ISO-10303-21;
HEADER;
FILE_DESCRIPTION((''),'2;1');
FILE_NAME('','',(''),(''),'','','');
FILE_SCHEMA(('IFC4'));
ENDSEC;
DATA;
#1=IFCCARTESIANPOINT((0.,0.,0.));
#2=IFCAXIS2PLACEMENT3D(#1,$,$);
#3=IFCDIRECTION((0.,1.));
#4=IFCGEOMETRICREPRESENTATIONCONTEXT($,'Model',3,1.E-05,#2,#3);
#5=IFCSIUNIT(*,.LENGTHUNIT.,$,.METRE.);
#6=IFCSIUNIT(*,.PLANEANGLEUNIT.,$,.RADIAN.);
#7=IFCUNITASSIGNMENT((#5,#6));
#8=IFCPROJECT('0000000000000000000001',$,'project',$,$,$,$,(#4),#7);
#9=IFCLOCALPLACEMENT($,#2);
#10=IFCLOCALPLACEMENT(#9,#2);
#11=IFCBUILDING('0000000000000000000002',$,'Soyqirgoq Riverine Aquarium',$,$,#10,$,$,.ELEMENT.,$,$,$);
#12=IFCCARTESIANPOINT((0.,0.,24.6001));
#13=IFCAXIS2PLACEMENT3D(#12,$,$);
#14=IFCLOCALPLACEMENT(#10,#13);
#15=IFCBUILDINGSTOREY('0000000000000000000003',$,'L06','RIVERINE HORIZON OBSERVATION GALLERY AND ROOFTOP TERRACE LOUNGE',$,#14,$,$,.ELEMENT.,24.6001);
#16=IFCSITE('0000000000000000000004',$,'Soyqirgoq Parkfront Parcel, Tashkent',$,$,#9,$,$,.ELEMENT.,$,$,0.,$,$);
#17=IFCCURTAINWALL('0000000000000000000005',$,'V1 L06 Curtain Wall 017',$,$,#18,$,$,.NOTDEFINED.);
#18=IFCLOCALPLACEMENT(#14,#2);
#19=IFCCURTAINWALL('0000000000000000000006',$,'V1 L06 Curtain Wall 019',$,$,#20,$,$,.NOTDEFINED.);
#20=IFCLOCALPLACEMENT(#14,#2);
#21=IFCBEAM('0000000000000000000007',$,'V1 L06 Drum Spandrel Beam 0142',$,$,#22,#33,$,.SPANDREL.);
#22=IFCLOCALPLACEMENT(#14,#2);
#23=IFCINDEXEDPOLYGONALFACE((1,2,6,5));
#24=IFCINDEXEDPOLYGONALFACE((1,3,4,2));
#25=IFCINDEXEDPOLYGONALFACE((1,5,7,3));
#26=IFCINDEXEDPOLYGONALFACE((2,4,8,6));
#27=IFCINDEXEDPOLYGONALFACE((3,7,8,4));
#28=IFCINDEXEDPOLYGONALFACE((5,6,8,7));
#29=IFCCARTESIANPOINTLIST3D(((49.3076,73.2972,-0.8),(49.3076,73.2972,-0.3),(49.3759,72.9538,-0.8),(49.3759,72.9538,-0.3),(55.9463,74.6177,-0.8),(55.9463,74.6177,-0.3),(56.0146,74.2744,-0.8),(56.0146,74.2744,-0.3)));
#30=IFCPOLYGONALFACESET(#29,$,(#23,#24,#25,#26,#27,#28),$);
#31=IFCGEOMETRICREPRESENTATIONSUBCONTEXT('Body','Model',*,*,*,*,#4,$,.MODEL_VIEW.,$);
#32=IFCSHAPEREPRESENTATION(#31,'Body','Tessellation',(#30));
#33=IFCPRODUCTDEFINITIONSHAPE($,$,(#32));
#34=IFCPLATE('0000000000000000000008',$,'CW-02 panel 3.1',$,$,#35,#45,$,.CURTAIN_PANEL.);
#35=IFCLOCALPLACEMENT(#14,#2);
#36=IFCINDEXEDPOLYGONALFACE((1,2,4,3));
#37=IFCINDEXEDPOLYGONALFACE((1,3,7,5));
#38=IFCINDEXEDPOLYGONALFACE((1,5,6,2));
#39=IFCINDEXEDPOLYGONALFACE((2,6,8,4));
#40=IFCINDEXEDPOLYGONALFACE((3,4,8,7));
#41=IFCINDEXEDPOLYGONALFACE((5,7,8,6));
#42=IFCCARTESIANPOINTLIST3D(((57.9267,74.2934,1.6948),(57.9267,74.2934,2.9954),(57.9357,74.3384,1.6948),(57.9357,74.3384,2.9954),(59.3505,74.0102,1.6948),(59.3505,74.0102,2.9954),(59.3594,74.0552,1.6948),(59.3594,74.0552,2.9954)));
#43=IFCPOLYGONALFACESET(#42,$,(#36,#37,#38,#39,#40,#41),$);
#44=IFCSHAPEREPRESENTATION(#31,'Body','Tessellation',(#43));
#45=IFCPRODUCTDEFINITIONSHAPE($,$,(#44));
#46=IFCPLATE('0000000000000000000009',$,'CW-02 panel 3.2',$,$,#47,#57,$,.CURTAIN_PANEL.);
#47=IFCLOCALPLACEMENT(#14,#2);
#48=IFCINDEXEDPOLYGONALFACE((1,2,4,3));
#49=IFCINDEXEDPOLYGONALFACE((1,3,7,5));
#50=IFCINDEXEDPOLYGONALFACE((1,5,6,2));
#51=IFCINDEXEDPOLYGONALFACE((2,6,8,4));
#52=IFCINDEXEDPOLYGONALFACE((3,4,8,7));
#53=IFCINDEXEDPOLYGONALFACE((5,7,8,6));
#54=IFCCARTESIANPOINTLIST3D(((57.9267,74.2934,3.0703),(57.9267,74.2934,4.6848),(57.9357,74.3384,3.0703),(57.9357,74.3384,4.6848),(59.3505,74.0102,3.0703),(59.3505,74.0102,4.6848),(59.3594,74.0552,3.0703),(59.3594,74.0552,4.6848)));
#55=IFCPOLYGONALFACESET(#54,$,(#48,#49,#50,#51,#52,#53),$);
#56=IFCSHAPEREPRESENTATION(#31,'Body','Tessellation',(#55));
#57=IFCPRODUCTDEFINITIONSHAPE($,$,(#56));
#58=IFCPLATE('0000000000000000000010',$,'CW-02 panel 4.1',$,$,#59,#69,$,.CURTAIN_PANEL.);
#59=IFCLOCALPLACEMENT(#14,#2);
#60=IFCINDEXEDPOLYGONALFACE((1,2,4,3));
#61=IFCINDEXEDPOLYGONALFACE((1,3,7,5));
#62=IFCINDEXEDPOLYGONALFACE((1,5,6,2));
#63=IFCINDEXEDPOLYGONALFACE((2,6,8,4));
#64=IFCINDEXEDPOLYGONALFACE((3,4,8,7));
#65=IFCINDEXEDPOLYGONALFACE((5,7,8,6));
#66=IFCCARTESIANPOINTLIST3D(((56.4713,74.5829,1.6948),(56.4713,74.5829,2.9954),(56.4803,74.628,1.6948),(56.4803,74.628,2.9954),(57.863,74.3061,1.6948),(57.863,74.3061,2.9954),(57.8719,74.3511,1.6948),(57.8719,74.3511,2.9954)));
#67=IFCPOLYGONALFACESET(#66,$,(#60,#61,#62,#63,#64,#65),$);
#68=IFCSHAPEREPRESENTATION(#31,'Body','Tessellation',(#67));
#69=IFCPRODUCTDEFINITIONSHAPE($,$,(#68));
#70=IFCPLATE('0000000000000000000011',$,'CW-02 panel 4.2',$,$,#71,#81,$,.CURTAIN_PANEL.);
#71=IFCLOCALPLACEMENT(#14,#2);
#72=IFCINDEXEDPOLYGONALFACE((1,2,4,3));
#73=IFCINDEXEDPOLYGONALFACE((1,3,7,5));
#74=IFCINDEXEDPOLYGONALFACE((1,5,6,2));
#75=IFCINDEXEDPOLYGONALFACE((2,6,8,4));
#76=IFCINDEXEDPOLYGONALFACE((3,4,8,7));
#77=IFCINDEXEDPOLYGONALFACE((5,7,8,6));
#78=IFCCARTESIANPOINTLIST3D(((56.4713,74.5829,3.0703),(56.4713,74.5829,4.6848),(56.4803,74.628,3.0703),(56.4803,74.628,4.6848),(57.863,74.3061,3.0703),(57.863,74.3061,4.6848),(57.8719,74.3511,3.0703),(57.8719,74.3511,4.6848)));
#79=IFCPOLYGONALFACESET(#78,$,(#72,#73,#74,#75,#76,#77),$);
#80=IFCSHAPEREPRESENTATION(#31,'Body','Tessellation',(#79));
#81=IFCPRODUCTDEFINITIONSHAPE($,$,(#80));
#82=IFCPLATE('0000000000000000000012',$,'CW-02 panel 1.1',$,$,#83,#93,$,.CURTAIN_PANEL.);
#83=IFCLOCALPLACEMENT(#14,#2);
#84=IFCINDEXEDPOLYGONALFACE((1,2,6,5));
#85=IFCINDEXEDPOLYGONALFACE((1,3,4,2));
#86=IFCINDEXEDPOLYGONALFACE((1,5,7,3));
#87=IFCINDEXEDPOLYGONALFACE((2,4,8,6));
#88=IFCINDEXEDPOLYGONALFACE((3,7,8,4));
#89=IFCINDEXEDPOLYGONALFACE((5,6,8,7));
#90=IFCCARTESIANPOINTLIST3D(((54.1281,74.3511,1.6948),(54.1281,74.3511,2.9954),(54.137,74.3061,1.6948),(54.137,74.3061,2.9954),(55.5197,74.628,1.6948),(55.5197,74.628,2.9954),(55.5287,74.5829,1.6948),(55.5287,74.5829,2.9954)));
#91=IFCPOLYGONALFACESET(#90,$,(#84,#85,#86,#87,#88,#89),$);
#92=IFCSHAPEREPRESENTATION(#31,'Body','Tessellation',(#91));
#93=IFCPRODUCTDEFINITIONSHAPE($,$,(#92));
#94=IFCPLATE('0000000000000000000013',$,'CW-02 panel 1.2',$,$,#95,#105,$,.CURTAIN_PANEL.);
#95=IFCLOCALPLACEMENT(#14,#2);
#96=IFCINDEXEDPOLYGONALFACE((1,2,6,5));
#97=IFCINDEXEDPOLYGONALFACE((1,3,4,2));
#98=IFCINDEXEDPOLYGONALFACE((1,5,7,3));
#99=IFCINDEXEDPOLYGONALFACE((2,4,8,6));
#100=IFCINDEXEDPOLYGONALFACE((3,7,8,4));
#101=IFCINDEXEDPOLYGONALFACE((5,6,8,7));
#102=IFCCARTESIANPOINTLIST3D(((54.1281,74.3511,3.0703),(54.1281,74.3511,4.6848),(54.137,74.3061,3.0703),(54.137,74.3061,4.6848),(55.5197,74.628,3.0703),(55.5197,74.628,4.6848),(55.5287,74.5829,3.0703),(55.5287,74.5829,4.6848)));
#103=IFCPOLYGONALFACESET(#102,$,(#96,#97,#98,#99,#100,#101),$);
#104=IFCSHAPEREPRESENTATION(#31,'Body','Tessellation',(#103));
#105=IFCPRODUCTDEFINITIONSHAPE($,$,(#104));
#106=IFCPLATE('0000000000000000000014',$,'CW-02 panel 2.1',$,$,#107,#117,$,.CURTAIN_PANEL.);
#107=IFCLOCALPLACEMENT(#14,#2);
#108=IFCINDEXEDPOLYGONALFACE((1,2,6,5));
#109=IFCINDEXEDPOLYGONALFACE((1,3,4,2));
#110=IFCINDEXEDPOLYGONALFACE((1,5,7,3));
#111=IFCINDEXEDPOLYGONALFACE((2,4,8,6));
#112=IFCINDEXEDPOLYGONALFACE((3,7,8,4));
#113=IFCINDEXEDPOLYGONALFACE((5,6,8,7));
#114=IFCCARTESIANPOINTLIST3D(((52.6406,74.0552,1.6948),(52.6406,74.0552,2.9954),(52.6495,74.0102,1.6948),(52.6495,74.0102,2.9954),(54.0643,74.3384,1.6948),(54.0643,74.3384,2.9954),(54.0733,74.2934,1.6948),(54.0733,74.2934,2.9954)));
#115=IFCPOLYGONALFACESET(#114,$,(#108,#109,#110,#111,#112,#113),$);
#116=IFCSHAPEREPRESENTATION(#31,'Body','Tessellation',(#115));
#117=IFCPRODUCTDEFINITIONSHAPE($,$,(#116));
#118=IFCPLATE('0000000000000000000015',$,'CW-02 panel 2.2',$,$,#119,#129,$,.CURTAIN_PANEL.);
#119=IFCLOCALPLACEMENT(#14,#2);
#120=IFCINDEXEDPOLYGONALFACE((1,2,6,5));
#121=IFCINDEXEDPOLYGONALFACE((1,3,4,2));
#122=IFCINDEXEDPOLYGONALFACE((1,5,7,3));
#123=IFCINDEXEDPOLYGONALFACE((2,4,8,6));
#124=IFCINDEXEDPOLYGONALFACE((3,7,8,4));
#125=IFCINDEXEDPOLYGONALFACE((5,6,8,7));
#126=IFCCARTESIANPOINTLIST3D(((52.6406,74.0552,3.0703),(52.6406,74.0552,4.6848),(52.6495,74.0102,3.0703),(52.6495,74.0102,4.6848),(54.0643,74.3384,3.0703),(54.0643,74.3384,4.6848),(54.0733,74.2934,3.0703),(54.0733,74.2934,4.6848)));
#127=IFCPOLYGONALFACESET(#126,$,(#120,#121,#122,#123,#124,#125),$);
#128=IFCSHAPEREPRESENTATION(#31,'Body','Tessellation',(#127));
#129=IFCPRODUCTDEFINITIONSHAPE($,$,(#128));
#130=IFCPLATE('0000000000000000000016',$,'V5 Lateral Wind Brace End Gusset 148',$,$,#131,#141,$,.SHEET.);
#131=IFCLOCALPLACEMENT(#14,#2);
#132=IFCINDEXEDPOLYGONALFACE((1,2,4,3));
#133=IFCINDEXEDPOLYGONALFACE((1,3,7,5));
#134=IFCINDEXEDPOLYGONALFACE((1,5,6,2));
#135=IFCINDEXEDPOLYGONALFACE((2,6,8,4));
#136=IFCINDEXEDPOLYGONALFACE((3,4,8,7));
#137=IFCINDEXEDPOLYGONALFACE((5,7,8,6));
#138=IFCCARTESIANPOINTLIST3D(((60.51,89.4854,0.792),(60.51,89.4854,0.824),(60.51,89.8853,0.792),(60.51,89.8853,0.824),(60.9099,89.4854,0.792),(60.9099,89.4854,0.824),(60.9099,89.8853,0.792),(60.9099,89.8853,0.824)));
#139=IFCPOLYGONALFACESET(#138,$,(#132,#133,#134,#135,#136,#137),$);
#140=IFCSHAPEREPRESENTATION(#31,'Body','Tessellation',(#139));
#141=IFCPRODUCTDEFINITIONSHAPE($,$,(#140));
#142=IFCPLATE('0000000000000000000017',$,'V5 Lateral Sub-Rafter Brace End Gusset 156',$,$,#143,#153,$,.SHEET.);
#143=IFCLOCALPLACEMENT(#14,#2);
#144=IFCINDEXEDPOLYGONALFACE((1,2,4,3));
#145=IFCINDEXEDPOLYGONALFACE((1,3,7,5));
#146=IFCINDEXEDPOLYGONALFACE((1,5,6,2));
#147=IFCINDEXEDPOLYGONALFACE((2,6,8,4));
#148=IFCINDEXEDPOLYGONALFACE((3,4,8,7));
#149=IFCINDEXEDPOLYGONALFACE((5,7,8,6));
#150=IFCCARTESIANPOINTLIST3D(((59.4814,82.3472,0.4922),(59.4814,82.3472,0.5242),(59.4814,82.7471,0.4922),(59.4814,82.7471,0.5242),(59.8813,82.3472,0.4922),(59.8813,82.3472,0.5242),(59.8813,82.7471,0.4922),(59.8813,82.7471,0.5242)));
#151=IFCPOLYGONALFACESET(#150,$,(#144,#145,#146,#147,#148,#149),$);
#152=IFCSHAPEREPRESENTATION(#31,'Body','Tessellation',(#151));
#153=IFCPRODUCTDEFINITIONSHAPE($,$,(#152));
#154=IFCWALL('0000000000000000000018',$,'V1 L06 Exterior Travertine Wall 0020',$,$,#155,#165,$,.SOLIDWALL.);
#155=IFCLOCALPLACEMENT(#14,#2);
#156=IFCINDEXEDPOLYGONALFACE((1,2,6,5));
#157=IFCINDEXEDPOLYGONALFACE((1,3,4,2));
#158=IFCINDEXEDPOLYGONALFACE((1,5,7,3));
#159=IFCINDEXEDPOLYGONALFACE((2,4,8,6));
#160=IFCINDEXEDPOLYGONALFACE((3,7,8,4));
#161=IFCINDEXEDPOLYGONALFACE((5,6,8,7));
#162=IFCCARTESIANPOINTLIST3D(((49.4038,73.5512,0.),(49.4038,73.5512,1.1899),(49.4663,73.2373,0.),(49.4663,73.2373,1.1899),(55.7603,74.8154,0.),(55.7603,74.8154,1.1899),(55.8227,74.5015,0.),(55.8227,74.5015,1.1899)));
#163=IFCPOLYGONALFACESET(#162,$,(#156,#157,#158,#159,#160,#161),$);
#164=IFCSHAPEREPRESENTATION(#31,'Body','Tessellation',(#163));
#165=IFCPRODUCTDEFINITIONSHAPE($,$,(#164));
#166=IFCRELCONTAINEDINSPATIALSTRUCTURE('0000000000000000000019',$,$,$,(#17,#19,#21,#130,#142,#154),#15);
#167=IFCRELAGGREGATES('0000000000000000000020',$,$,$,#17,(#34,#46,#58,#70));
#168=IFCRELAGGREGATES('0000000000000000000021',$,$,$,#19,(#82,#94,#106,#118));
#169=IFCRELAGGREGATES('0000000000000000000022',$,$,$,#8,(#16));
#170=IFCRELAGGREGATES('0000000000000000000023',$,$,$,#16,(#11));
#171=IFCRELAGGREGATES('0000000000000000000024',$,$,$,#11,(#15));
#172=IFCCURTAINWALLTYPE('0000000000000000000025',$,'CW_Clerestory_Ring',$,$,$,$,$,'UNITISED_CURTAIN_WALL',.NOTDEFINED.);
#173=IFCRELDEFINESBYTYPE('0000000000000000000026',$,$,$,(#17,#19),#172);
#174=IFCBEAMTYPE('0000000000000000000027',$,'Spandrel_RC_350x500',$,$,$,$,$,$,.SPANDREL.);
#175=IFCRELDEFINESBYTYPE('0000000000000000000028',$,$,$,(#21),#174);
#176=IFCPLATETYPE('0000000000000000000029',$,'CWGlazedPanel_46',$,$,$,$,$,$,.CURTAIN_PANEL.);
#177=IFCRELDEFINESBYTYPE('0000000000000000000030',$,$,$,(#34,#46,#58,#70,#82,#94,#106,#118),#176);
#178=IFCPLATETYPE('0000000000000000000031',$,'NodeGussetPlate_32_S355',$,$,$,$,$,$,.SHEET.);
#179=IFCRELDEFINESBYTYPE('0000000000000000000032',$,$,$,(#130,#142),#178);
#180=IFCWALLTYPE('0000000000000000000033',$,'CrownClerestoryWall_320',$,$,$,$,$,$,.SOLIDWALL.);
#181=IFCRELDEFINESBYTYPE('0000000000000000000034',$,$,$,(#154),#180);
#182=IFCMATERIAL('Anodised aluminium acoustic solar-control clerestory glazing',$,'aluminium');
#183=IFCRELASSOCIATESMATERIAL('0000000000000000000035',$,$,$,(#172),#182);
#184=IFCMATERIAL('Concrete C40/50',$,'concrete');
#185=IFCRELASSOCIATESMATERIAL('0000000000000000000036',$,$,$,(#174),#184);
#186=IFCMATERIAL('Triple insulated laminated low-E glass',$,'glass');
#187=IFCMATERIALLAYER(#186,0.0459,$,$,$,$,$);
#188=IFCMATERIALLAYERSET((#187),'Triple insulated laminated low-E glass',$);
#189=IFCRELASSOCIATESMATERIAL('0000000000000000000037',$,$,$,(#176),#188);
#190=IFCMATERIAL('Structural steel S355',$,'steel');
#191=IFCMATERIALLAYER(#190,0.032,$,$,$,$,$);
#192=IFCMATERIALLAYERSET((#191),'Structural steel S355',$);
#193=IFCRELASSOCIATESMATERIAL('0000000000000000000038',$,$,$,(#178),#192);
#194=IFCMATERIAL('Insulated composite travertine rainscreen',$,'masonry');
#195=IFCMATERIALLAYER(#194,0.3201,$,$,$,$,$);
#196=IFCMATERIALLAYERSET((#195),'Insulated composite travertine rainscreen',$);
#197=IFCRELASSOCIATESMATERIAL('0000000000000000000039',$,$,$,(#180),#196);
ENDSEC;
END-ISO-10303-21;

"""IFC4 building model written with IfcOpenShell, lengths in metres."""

from ifc_helpers import new_model, si_unit, direction, frame, frame_2d, origin, origin_2d, place, context, subcontext, project, spatial, rectangle, extrude, material, layer, layer_set, material_profile, profile_set, type_object, element, aggregate, save


model = new_model("IFC4")

# Units and contexts
model_context = context("Model", 3, precision=1e-05, world=origin(), true_north=direction((0.0, 1.0)))
body_context = subcontext(model_context, "Body", "Model", "MODEL_VIEW")
ifc_project = project(units=[si_unit("LENGTHUNIT", "METRE"), si_unit("PLANEANGLEUNIT", "RADIAN")], contexts=[model_context])

# Site, building, storey
site_placement = place(None, origin())
site = spatial("IfcSite", under=ifc_project, at=site_placement, Name="Soyqirgoq Parkfront Parcel, Tashkent", CompositionType="ELEMENT", RefElevation=0.0)
building_placement = place(site_placement, origin())
building = spatial("IfcBuilding", under=site, at=building_placement, Name="Soyqirgoq Riverine Aquarium", CompositionType="ELEMENT")
storey_placement = place(building_placement, frame((0.0, 0.0, 24.6001)))
storey = spatial("IfcBuildingStorey", under=building, at=storey_placement, Name="L06", Description="RIVERINE HORIZON OBSERVATION GALLERY AND ROOFTOP TERRACE LOUNGE", CompositionType="ELEMENT", Elevation=24.6001)

# Curtain walls
ifc_material_1 = material(Name="Anodised aluminium acoustic solar-control clerestory glazing", Category="aluminium")
curtain_wall_type = type_object("IfcCurtainWallType", Name="CW_Clerestory_Ring", ElementType="UNITISED_CURTAIN_WALL", PredefinedType="NOTDEFINED", material=ifc_material_1)
curtain_wall_1_placement = place(storey_placement, origin())
curtain_wall_1 = element("IfcCurtainWall", 1, at=curtain_wall_1_placement, inside=storey, type_object=curtain_wall_type, Name="V1 L06 Curtain Wall 017", PredefinedType="NOTDEFINED")
curtain_wall_2_placement = place(storey_placement, origin())
curtain_wall_2 = element("IfcCurtainWall", 2, at=curtain_wall_2_placement, inside=storey, type_object=curtain_wall_type, Name="V1 L06 Curtain Wall 019", PredefinedType="NOTDEFINED")

# Beam
ifc_material_2 = material(Name="Concrete C40/50", Category="concrete")
ifc_material_profile_1 = material_profile(ifc_material_2, rectangle(XDim=0.3501, YDim=0.5, at=origin_2d()), Name="RC 350x500")
ifc_profile_set_1 = profile_set([ifc_material_profile_1], Name="Concrete C40/50")
beam_type_1 = type_object("IfcBeamType", Name="Spandrel_RC_350x500", PredefinedType="SPANDREL", material=ifc_profile_set_1)
beam_1_placement = place(storey_placement, frame((55.9805, 74.446, -0.55), z_axis=(-0.980784, -0.195096, 0.0), x_axis=(0.195096, -0.980784, 0.0)))
element("IfcBeam", 3, at=beam_1_placement, inside=storey, type_object=beam_type_1, Name="V1 L06 Drum Spandrel Beam 0142", PredefinedType="SPANDREL", context=body_context, shape_type="SweptSolid", body=[
    extrude(rectangle(XDim=0.3501, YDim=0.5, at=origin_2d()), origin(), (0.0, 0.0, 1.0), 6.7688),
])

# Plates
ifc_material_3 = material(Name="Triple insulated laminated low-E glass", Category="glass")
ifc_layer_1 = layer(ifc_material_3, 0.0459)
ifc_layer_set_1 = layer_set([ifc_layer_1], Name="Triple insulated laminated low-E glass")
plate_type_1 = type_object("IfcPlateType", Name="CWGlazedPanel_46", PredefinedType="CURTAIN_PANEL", material=ifc_layer_set_1)
plate_1_placement = place(storey_placement, frame((58.6431, 74.1743, 1.6948), z_axis=(0.0, 0.0, 1.0), x_axis=(-0.980784, 0.195095, 0.0)))
plate_1 = element("IfcPlate", 4, at=plate_1_placement, type_object=plate_type_1, Name="CW-02 panel 3.1", PredefinedType="CURTAIN_PANEL", context=body_context, shape_type="SweptSolid", body=[
    extrude(rectangle(XDim=1.4517, YDim=0.0459, at=origin_2d()), origin(), (0.0, 0.0, 1.0), 1.3005),
])
plate_2_placement = place(storey_placement, frame((58.6431, 74.1743, 3.0703), z_axis=(0.0, 0.0, 1.0), x_axis=(-0.980784, 0.195095, 0.0)))
plate_2 = element("IfcPlate", 5, at=plate_2_placement, type_object=plate_type_1, Name="CW-02 panel 3.2", PredefinedType="CURTAIN_PANEL", context=body_context, shape_type="SweptSolid", body=[
    extrude(rectangle(XDim=1.4517, YDim=0.0459, at=origin_2d()), origin(), (0.0, 0.0, 1.0), 1.6145),
])
plate_3_placement = place(storey_placement, frame((57.1716, 74.467, 1.6948), z_axis=(0.0, 0.0, 1.0), x_axis=(-0.980784, 0.195095, 0.0)))
plate_3 = element("IfcPlate", 6, at=plate_3_placement, type_object=plate_type_1, Name="CW-02 panel 4.1", PredefinedType="CURTAIN_PANEL", context=body_context, shape_type="SweptSolid", body=[
    extrude(rectangle(XDim=1.4189, YDim=0.0459, at=origin_2d()), origin(), (0.0, 0.0, 1.0), 1.3005),
])
plate_4_placement = place(storey_placement, frame((57.1716, 74.467, 3.0703), z_axis=(0.0, 0.0, 1.0), x_axis=(-0.980784, 0.195095, 0.0)))
plate_4 = element("IfcPlate", 7, at=plate_4_placement, type_object=plate_type_1, Name="CW-02 panel 4.2", PredefinedType="CURTAIN_PANEL", context=body_context, shape_type="SweptSolid", body=[
    extrude(rectangle(XDim=1.4189, YDim=0.0459, at=origin_2d()), origin(), (0.0, 0.0, 1.0), 1.6145),
])
aggregate(curtain_wall_1, [plate_1, plate_2, plate_3, plate_4])
plate_5_placement = place(storey_placement, frame((54.8284, 74.467, 1.6948), z_axis=(0.0, 0.0, 1.0), x_axis=(-0.980784, -0.195095, 0.0)))
plate_5 = element("IfcPlate", 8, at=plate_5_placement, type_object=plate_type_1, Name="CW-02 panel 1.1", PredefinedType="CURTAIN_PANEL", context=body_context, shape_type="SweptSolid", body=[
    extrude(rectangle(XDim=1.4189, YDim=0.0459, at=origin_2d()), origin(), (0.0, 0.0, 1.0), 1.3005),
])
plate_6_placement = place(storey_placement, frame((54.8284, 74.467, 3.0703), z_axis=(0.0, 0.0, 1.0), x_axis=(-0.980784, -0.195095, 0.0)))
plate_6 = element("IfcPlate", 9, at=plate_6_placement, type_object=plate_type_1, Name="CW-02 panel 1.2", PredefinedType="CURTAIN_PANEL", context=body_context, shape_type="SweptSolid", body=[
    extrude(rectangle(XDim=1.4189, YDim=0.0459, at=origin_2d()), origin(), (0.0, 0.0, 1.0), 1.6145),
])
plate_7_placement = place(storey_placement, frame((53.3569, 74.1743, 1.6948), z_axis=(0.0, 0.0, 1.0), x_axis=(-0.980784, -0.195095, 0.0)))
plate_7 = element("IfcPlate", 10, at=plate_7_placement, type_object=plate_type_1, Name="CW-02 panel 2.1", PredefinedType="CURTAIN_PANEL", context=body_context, shape_type="SweptSolid", body=[
    extrude(rectangle(XDim=1.4517, YDim=0.0459, at=origin_2d()), origin(), (0.0, 0.0, 1.0), 1.3005),
])
plate_8_placement = place(storey_placement, frame((53.3569, 74.1743, 3.0703), z_axis=(0.0, 0.0, 1.0), x_axis=(-0.980784, -0.195095, 0.0)))
plate_8 = element("IfcPlate", 11, at=plate_8_placement, type_object=plate_type_1, Name="CW-02 panel 2.2", PredefinedType="CURTAIN_PANEL", context=body_context, shape_type="SweptSolid", body=[
    extrude(rectangle(XDim=1.4517, YDim=0.0459, at=origin_2d()), origin(), (0.0, 0.0, 1.0), 1.6145),
])
aggregate(curtain_wall_2, [plate_5, plate_6, plate_7, plate_8])

# Plates
ifc_material_4 = material(Name="Structural steel S355", Category="steel")
ifc_layer_2 = layer(ifc_material_4, 0.032)
ifc_layer_set_2 = layer_set([ifc_layer_2], Name="Structural steel S355")
plate_type_2 = type_object("IfcPlateType", Name="NodeGussetPlate_32_S355", PredefinedType="SHEET", material=ifc_layer_set_2)
for number, where, z_axis, x_axis, name in (
    (12, (60.71, 89.6853, 0.792), (0.0, 0.0, 1.0), (1.0, 0.0, 0.0), "V5 Lateral Wind Brace End Gusset 148"),
    (13, (59.6814, 82.5471, 0.4922), (0.0, 0.0, 1.0), (1.0, 0.0, 0.0), "V5 Lateral Sub-Rafter Brace End Gusset 156"),
):
    element("IfcPlate", number, at=place(storey_placement, frame(where, z_axis=z_axis, x_axis=x_axis)), inside=storey, type_object=plate_type_2, Name=name, PredefinedType="SHEET", context=body_context, shape_type="SweptSolid", body=[
        extrude(rectangle(XDim=0.3999, YDim=0.3999, at=origin_2d()), origin(), (0.0, 0.0, 1.0), 0.032),
    ])

# Wall
ifc_material_5 = material(Name="Insulated composite travertine rainscreen", Category="masonry")
ifc_layer_3 = layer(ifc_material_5, 0.3201)
ifc_layer_set_3 = layer_set([ifc_layer_3], Name="Insulated composite travertine rainscreen")
wall_type = type_object("IfcWallType", Name="CrownClerestoryWall_320", PredefinedType="SOLIDWALL", material=ifc_layer_set_3)
wall_placement = place(storey_placement, frame((55.7915, 74.6584, 0.0), z_axis=(0.0, 0.0, 1.0), x_axis=(-0.980792, -0.195058, 0.0)))
element("IfcWall", 14, at=wall_placement, inside=storey, type_object=wall_type, Name="V1 L06 Exterior Travertine Wall 0020", PredefinedType="SOLIDWALL", context=body_context, shape_type="SweptSolid", body=[
    extrude(rectangle(XDim=6.481, YDim=0.3201, at=frame_2d((3.2405, 0.0))), origin(), (0.0, 0.0, 1.0), 1.1899),
])

save(model, "model.ifc")
